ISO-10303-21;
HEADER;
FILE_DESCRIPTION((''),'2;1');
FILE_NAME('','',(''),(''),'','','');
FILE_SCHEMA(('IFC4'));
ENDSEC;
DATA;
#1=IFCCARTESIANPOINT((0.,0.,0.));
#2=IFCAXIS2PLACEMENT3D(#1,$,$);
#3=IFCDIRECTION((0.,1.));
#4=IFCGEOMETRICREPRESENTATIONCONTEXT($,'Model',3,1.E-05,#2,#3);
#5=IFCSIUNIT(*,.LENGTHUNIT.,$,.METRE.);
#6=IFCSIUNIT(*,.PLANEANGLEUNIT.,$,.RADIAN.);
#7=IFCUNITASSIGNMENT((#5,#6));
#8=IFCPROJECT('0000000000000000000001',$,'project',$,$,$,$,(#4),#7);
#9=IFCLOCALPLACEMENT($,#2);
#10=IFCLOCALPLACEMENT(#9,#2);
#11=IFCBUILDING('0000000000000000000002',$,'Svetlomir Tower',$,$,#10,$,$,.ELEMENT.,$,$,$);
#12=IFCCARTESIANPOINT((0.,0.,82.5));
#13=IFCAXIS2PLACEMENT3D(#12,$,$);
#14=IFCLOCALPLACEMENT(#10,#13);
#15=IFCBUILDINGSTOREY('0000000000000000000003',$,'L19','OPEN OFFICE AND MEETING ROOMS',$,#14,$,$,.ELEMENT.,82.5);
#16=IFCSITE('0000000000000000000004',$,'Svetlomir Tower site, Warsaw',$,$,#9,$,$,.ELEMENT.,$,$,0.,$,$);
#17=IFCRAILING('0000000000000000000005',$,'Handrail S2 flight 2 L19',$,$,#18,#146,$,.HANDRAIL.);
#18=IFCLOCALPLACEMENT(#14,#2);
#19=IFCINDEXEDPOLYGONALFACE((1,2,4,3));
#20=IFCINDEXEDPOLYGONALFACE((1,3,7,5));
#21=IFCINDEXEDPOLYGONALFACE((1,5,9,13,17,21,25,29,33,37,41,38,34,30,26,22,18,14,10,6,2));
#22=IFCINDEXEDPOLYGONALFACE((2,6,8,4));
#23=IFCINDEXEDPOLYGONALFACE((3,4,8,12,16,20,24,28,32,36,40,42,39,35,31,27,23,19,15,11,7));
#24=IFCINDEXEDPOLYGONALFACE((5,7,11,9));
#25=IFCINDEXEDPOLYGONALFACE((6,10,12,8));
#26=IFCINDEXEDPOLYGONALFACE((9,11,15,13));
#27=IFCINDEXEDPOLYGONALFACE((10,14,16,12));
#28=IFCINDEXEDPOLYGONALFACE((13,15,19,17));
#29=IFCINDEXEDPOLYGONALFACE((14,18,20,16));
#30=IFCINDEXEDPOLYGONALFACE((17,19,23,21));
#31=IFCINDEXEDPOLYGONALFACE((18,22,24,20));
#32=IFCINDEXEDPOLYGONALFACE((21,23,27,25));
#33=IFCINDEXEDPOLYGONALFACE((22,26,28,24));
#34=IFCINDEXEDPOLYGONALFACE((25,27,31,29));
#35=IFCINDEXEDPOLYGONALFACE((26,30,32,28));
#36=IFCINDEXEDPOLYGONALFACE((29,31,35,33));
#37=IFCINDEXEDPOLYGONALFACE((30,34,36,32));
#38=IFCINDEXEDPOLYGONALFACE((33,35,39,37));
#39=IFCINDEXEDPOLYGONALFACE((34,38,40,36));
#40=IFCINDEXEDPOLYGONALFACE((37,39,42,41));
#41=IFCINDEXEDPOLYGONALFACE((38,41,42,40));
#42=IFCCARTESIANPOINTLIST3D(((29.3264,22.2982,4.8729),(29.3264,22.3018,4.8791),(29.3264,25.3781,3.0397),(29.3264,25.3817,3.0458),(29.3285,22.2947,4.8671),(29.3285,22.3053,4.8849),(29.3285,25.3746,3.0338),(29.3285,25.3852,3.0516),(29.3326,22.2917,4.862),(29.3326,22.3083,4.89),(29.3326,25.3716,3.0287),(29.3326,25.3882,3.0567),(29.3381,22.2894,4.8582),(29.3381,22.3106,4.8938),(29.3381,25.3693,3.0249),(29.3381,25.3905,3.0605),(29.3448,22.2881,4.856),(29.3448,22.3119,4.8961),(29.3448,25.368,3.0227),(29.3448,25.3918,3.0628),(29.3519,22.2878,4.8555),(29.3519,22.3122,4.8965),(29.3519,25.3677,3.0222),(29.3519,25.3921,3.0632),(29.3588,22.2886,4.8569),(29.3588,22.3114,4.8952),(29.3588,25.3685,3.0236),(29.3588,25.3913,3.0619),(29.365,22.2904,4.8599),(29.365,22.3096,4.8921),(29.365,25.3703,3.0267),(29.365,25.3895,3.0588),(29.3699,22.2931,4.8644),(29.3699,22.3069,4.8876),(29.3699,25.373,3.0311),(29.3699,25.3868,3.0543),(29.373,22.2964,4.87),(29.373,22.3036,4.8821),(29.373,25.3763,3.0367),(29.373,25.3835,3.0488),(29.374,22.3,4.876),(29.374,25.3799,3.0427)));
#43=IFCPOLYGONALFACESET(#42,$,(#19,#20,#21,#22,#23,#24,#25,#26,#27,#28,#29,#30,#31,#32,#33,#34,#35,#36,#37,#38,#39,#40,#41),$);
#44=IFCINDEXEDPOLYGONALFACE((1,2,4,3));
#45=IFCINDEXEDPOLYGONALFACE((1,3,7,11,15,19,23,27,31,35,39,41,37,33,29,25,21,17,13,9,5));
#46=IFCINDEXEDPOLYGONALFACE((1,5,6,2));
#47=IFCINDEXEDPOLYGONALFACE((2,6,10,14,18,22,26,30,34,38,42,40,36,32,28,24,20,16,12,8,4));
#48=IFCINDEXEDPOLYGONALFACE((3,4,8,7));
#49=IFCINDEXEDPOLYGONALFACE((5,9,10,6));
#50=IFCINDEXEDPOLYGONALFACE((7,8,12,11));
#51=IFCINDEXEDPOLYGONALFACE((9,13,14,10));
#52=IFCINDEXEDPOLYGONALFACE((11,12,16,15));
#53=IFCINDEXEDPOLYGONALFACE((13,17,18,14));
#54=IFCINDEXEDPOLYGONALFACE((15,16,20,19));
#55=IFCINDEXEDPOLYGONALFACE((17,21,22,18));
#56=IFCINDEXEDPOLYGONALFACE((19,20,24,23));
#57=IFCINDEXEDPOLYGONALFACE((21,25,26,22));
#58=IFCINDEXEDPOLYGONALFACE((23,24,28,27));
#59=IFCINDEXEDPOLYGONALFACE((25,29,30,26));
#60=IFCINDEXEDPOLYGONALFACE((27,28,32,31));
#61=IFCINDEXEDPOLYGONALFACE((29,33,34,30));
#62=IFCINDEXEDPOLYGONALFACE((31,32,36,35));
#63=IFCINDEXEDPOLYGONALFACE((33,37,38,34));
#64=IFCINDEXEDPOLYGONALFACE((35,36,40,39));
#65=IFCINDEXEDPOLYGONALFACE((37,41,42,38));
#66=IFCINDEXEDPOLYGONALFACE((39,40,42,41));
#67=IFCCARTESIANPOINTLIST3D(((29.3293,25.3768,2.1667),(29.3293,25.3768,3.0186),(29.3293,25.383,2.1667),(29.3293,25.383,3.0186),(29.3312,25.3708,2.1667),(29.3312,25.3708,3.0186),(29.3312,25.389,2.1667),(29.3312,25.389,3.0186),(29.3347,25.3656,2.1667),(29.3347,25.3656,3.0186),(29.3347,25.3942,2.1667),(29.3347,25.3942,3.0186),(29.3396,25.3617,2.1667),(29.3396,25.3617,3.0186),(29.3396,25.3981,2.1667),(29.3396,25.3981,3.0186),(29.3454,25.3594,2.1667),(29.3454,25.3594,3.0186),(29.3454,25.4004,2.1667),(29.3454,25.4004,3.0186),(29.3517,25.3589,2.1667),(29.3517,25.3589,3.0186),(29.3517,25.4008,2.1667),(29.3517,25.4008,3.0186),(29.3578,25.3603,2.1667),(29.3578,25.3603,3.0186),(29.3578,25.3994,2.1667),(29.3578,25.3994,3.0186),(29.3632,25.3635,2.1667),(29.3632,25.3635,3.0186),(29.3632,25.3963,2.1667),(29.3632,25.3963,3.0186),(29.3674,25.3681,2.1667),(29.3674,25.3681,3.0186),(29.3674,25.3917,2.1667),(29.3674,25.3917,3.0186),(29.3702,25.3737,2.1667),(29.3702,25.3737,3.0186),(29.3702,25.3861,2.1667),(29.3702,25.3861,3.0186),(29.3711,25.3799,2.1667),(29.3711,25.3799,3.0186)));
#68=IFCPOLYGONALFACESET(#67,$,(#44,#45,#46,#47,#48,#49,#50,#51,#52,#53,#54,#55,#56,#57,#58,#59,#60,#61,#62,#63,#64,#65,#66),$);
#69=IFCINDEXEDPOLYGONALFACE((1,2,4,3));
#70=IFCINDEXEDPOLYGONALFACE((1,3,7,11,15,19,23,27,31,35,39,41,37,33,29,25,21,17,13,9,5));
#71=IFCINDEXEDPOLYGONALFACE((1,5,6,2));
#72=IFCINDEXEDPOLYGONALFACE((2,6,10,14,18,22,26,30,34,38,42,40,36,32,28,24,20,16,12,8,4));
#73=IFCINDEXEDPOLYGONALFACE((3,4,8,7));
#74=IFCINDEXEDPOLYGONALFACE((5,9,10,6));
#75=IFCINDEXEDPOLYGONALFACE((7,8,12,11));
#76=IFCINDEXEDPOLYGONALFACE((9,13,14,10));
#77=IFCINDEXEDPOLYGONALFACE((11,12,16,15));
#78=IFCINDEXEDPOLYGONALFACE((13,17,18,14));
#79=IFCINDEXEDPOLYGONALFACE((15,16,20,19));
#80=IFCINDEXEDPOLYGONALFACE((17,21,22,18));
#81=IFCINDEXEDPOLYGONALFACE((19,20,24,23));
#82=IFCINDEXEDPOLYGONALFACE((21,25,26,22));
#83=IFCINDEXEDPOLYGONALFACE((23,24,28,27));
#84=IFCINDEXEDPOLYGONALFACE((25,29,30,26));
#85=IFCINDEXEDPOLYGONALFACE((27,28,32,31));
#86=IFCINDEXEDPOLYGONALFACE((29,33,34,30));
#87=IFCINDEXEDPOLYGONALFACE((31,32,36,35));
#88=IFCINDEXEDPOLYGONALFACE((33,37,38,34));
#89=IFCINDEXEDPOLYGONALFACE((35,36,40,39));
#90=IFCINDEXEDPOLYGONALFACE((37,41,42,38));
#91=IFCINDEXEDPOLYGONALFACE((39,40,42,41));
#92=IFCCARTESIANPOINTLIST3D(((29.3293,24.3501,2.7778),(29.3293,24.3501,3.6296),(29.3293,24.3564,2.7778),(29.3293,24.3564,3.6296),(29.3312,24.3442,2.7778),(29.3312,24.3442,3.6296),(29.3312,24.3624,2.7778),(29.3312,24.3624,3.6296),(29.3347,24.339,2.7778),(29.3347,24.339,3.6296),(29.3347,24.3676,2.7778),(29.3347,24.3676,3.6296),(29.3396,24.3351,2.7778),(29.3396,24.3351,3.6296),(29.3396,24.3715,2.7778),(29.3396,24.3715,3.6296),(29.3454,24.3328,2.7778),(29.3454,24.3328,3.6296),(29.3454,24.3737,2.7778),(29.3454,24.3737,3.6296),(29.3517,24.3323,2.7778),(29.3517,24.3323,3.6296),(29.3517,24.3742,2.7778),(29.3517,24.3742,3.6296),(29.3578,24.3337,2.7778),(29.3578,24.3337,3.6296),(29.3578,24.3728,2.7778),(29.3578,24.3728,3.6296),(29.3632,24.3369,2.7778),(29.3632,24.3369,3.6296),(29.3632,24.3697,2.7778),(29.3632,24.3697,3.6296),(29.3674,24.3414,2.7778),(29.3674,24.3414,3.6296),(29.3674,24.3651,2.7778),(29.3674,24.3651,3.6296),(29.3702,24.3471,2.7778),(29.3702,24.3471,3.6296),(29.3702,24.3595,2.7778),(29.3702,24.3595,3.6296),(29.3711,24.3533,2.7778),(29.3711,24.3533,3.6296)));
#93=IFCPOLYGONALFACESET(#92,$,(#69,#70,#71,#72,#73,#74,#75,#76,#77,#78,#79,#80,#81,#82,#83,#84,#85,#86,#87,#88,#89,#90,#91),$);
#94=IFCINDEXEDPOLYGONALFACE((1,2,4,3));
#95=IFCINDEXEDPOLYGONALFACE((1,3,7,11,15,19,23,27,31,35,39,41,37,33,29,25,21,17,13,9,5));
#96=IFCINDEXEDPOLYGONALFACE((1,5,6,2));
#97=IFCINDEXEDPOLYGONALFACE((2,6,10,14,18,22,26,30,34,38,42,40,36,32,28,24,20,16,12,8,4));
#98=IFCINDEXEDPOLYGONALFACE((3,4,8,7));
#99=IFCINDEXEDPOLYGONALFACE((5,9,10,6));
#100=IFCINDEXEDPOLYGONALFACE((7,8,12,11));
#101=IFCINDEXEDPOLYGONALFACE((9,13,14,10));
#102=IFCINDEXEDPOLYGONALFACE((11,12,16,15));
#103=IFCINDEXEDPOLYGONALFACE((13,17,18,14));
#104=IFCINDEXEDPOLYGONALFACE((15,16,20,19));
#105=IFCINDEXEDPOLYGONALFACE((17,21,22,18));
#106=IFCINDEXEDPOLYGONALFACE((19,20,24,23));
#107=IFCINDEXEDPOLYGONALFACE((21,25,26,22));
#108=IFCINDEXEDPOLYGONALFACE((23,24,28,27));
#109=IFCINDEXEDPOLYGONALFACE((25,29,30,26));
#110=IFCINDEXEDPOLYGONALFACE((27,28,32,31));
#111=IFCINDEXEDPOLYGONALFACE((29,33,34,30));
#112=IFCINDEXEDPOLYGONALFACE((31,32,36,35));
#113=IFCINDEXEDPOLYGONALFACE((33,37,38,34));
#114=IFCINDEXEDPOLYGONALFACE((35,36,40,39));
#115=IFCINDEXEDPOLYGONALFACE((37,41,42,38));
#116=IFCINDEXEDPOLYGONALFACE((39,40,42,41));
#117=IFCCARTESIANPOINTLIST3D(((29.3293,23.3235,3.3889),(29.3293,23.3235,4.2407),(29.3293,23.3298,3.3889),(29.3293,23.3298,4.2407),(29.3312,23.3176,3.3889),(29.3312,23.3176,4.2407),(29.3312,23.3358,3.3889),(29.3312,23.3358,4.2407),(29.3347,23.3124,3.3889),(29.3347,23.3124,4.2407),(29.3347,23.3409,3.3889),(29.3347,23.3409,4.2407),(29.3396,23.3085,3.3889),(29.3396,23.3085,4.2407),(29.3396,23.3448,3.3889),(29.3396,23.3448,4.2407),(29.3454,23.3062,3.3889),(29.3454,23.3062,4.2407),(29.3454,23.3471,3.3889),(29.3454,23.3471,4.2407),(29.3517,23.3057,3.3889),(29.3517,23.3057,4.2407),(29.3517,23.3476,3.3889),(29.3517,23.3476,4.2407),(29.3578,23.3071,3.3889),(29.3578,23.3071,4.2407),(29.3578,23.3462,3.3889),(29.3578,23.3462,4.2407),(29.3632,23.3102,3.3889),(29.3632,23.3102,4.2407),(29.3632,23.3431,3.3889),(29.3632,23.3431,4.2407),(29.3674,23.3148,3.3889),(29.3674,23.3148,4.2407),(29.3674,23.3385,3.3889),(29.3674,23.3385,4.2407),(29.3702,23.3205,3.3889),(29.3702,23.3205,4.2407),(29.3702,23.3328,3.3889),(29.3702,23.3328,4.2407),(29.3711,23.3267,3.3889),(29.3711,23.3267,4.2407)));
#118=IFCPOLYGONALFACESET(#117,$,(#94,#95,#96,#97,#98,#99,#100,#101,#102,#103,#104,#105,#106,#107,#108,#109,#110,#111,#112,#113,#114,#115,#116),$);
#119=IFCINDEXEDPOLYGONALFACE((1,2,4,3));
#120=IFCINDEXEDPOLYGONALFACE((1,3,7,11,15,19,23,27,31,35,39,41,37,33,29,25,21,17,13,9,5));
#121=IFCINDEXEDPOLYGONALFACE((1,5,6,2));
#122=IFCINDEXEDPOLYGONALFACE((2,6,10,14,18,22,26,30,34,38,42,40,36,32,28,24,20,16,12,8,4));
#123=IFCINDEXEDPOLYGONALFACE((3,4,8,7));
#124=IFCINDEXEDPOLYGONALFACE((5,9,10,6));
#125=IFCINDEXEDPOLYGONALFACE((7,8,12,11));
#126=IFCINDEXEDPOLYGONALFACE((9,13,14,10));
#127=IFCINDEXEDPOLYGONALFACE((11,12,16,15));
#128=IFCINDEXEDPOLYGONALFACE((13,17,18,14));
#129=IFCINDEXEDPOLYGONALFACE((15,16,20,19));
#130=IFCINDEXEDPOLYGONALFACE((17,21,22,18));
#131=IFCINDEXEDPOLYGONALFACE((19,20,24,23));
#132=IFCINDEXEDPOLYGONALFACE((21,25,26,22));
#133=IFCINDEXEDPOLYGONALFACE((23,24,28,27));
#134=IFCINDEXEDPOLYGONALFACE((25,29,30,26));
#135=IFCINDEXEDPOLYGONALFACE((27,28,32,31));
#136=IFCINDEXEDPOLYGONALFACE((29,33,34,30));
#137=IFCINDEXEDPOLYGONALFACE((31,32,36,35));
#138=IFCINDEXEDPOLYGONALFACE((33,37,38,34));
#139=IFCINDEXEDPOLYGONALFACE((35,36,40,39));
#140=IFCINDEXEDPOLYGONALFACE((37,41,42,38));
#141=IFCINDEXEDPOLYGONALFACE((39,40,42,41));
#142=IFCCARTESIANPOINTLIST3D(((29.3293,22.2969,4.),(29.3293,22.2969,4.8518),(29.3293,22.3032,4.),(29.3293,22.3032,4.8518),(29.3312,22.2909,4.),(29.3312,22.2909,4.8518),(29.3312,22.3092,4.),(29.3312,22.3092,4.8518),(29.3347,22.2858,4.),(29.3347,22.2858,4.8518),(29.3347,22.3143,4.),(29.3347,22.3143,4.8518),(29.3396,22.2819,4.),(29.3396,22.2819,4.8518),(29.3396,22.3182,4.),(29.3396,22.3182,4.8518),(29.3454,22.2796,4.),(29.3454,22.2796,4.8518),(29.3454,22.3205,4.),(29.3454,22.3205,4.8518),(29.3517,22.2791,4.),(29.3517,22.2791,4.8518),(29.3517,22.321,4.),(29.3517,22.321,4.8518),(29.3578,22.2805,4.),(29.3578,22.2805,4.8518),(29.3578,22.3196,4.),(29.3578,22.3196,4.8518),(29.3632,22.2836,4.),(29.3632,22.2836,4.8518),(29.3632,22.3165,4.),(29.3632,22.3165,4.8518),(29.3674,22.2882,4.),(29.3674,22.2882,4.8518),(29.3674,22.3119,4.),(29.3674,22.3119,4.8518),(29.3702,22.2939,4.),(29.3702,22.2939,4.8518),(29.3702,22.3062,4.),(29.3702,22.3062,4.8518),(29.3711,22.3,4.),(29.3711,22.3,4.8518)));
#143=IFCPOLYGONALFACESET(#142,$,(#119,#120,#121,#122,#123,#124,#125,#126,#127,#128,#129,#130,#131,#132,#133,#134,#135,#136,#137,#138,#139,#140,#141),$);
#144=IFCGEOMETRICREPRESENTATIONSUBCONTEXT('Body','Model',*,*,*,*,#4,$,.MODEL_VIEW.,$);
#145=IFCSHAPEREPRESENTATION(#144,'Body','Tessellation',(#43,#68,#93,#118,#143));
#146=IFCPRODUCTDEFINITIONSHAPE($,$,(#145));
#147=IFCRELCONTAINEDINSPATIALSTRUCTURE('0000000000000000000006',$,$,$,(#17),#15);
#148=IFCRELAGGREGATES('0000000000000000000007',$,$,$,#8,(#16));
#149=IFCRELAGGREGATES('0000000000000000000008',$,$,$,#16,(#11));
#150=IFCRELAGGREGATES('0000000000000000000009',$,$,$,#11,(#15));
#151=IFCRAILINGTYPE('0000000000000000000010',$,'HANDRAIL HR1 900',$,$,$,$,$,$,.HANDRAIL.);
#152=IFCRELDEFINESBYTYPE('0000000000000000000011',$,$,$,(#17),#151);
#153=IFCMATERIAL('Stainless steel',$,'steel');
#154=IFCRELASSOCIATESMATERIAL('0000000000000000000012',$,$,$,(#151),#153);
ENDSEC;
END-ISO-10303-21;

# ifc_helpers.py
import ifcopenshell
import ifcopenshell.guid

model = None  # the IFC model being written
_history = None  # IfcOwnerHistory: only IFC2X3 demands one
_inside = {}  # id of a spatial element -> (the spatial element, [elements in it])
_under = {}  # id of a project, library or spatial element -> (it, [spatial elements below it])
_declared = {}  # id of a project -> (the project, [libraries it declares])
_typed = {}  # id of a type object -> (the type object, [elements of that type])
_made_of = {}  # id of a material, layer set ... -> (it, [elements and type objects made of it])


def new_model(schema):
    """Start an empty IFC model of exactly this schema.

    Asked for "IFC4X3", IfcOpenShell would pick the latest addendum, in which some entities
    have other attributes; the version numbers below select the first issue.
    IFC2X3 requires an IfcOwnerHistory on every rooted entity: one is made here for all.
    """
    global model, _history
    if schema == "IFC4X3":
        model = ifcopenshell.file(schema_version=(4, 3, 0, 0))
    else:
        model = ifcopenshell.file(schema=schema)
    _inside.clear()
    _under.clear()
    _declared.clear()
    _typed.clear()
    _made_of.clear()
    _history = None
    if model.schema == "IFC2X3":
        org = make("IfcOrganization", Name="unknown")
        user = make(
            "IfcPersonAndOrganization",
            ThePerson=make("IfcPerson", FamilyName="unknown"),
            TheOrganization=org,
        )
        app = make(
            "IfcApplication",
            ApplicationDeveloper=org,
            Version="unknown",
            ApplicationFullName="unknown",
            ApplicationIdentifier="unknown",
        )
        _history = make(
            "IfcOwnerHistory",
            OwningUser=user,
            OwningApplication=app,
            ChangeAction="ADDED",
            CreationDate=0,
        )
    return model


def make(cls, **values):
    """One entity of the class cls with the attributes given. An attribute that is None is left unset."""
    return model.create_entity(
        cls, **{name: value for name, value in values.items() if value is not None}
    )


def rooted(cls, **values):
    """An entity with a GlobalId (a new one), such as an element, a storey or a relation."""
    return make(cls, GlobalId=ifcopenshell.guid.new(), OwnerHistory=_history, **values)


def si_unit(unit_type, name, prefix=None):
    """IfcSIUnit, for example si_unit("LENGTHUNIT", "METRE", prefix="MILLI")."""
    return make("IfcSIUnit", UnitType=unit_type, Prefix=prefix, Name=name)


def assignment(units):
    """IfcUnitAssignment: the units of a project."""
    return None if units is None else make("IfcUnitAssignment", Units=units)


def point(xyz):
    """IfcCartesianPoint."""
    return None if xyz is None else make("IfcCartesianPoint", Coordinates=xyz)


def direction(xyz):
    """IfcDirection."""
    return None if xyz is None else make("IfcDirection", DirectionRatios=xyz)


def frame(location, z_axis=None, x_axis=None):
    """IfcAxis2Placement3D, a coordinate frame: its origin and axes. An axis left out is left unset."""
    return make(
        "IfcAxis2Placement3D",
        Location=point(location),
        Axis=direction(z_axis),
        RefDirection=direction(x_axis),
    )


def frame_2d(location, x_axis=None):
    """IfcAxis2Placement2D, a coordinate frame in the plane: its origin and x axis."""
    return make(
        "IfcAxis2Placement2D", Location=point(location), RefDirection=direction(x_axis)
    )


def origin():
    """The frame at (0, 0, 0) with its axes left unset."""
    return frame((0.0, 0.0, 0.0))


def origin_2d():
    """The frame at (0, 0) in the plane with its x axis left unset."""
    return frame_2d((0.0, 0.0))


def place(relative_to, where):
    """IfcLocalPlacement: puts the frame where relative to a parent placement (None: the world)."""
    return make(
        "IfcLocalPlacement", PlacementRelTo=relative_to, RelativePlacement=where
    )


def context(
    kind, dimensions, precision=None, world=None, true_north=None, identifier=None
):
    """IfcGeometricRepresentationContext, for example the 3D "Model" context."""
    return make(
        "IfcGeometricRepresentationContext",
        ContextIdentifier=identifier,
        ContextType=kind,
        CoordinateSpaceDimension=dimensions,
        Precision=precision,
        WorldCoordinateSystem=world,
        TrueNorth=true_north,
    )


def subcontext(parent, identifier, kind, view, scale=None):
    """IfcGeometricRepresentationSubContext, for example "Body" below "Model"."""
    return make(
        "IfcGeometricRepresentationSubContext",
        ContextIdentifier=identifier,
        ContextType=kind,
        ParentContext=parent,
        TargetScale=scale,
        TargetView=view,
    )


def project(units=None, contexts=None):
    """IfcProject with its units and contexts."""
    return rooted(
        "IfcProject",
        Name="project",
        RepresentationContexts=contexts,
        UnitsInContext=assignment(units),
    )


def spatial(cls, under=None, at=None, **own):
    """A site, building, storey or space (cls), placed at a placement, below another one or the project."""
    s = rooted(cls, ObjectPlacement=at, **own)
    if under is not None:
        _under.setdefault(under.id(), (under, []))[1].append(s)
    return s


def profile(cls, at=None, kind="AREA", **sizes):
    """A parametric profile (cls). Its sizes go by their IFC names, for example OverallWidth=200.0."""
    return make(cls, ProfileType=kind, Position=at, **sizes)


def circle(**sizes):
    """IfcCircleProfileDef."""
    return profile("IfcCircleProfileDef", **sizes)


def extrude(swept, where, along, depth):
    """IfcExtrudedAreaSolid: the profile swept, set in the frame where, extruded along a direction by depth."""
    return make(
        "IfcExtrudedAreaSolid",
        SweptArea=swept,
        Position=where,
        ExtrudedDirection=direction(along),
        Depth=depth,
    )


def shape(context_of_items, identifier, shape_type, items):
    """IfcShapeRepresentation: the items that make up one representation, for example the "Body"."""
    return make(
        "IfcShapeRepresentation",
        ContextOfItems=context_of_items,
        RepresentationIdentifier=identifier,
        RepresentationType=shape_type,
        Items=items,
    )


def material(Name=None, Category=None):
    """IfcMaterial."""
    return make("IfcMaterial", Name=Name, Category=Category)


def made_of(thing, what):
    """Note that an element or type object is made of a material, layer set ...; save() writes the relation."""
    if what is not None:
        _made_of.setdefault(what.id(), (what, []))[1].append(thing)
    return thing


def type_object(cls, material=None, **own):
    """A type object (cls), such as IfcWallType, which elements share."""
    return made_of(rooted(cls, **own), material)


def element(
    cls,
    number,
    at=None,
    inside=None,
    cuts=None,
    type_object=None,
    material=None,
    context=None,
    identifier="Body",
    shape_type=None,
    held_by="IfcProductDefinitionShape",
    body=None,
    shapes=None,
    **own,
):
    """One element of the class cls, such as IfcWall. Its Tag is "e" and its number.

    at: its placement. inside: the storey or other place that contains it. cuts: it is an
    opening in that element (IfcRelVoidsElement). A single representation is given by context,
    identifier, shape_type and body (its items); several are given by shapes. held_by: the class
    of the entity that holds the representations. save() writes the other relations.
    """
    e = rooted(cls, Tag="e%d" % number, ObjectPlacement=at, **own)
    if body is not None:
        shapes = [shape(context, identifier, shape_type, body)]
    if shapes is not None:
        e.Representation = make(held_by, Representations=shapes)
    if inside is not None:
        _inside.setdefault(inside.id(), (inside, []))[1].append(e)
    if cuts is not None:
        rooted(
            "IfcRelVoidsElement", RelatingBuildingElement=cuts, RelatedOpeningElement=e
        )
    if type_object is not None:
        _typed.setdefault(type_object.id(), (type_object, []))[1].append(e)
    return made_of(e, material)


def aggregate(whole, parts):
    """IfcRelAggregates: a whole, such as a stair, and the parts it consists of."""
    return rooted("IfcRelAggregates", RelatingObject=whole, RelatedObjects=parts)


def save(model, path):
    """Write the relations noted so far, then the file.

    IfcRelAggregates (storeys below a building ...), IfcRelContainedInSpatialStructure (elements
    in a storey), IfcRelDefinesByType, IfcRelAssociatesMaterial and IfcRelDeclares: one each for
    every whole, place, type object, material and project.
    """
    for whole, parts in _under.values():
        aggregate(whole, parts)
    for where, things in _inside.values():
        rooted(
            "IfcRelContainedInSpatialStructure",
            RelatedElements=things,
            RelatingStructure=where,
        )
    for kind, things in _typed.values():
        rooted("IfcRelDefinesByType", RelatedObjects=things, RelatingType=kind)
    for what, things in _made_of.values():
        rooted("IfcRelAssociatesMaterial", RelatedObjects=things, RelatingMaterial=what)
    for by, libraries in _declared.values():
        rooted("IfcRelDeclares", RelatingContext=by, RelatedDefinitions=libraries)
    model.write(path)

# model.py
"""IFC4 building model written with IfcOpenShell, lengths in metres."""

from ifc_helpers import new_model, si_unit, direction, frame, origin, origin_2d, place, context, subcontext, project, spatial, circle, extrude, material, type_object, element, save


model = new_model("IFC4")

# Units and contexts
model_context = context("Model", 3, precision=1e-05, world=origin(), true_north=direction((0.0, 1.0)))
body_context = subcontext(model_context, "Body", "Model", "MODEL_VIEW")
ifc_project = project(units=[si_unit("LENGTHUNIT", "METRE"), si_unit("PLANEANGLEUNIT", "RADIAN")], contexts=[model_context])

# Site, building, storey
site_placement = place(None, origin())
site = spatial("IfcSite", under=ifc_project, at=site_placement, Name="Svetlomir Tower site, Warsaw", CompositionType="ELEMENT", RefElevation=0.0)
building_placement = place(site_placement, origin())
building = spatial("IfcBuilding", under=site, at=building_placement, Name="Svetlomir Tower", CompositionType="ELEMENT")
storey_placement = place(building_placement, frame((0.0, 0.0, 82.5)))
storey = spatial("IfcBuildingStorey", under=building, at=storey_placement, Name="L19", Description="OPEN OFFICE AND MEETING ROOMS", CompositionType="ELEMENT", Elevation=82.5)

# Railing
ifc_material_1 = material(Name="Stainless steel", Category="steel")
railing_type = type_object("IfcRailingType", Name="HANDRAIL HR1 900", PredefinedType="HANDRAIL", material=ifc_material_1)
railing_1_placement = place(storey_placement, frame((29.3501, 25.3799, 2.1667)))
element("IfcRailing", 1, at=railing_1_placement, inside=storey, type_object=railing_type, Name="Handrail S2 flight 2 L19", PredefinedType="HANDRAIL", context=body_context, shape_type="SweptSolid", body=[
    extrude(circle(Radius=0.0239, at=origin_2d()), frame((0.0, 0.0, 0.876), z_axis=(0.0, -0.859291, 0.511487), x_axis=(1.0, 0.0, 0.0)), (0.0, 0.0, 1.0), 3.5842),
    extrude(circle(Radius=0.021, at=origin_2d()), origin(), (0.0, 0.0, 1.0), 0.8518),
    extrude(circle(Radius=0.021, at=origin_2d()), frame((0.0, -1.0266, 0.6111)), (0.0, 0.0, 1.0), 0.8518),
    extrude(circle(Radius=0.021, at=origin_2d()), frame((0.0, -2.0532, 1.2222)), (0.0, 0.0, 1.0), 0.8518),
    extrude(circle(Radius=0.021, at=origin_2d()), frame((0.0, -3.0798, 1.8333)), (0.0, 0.0, 1.0), 0.8518),
])

save(model, "model.ifc")
